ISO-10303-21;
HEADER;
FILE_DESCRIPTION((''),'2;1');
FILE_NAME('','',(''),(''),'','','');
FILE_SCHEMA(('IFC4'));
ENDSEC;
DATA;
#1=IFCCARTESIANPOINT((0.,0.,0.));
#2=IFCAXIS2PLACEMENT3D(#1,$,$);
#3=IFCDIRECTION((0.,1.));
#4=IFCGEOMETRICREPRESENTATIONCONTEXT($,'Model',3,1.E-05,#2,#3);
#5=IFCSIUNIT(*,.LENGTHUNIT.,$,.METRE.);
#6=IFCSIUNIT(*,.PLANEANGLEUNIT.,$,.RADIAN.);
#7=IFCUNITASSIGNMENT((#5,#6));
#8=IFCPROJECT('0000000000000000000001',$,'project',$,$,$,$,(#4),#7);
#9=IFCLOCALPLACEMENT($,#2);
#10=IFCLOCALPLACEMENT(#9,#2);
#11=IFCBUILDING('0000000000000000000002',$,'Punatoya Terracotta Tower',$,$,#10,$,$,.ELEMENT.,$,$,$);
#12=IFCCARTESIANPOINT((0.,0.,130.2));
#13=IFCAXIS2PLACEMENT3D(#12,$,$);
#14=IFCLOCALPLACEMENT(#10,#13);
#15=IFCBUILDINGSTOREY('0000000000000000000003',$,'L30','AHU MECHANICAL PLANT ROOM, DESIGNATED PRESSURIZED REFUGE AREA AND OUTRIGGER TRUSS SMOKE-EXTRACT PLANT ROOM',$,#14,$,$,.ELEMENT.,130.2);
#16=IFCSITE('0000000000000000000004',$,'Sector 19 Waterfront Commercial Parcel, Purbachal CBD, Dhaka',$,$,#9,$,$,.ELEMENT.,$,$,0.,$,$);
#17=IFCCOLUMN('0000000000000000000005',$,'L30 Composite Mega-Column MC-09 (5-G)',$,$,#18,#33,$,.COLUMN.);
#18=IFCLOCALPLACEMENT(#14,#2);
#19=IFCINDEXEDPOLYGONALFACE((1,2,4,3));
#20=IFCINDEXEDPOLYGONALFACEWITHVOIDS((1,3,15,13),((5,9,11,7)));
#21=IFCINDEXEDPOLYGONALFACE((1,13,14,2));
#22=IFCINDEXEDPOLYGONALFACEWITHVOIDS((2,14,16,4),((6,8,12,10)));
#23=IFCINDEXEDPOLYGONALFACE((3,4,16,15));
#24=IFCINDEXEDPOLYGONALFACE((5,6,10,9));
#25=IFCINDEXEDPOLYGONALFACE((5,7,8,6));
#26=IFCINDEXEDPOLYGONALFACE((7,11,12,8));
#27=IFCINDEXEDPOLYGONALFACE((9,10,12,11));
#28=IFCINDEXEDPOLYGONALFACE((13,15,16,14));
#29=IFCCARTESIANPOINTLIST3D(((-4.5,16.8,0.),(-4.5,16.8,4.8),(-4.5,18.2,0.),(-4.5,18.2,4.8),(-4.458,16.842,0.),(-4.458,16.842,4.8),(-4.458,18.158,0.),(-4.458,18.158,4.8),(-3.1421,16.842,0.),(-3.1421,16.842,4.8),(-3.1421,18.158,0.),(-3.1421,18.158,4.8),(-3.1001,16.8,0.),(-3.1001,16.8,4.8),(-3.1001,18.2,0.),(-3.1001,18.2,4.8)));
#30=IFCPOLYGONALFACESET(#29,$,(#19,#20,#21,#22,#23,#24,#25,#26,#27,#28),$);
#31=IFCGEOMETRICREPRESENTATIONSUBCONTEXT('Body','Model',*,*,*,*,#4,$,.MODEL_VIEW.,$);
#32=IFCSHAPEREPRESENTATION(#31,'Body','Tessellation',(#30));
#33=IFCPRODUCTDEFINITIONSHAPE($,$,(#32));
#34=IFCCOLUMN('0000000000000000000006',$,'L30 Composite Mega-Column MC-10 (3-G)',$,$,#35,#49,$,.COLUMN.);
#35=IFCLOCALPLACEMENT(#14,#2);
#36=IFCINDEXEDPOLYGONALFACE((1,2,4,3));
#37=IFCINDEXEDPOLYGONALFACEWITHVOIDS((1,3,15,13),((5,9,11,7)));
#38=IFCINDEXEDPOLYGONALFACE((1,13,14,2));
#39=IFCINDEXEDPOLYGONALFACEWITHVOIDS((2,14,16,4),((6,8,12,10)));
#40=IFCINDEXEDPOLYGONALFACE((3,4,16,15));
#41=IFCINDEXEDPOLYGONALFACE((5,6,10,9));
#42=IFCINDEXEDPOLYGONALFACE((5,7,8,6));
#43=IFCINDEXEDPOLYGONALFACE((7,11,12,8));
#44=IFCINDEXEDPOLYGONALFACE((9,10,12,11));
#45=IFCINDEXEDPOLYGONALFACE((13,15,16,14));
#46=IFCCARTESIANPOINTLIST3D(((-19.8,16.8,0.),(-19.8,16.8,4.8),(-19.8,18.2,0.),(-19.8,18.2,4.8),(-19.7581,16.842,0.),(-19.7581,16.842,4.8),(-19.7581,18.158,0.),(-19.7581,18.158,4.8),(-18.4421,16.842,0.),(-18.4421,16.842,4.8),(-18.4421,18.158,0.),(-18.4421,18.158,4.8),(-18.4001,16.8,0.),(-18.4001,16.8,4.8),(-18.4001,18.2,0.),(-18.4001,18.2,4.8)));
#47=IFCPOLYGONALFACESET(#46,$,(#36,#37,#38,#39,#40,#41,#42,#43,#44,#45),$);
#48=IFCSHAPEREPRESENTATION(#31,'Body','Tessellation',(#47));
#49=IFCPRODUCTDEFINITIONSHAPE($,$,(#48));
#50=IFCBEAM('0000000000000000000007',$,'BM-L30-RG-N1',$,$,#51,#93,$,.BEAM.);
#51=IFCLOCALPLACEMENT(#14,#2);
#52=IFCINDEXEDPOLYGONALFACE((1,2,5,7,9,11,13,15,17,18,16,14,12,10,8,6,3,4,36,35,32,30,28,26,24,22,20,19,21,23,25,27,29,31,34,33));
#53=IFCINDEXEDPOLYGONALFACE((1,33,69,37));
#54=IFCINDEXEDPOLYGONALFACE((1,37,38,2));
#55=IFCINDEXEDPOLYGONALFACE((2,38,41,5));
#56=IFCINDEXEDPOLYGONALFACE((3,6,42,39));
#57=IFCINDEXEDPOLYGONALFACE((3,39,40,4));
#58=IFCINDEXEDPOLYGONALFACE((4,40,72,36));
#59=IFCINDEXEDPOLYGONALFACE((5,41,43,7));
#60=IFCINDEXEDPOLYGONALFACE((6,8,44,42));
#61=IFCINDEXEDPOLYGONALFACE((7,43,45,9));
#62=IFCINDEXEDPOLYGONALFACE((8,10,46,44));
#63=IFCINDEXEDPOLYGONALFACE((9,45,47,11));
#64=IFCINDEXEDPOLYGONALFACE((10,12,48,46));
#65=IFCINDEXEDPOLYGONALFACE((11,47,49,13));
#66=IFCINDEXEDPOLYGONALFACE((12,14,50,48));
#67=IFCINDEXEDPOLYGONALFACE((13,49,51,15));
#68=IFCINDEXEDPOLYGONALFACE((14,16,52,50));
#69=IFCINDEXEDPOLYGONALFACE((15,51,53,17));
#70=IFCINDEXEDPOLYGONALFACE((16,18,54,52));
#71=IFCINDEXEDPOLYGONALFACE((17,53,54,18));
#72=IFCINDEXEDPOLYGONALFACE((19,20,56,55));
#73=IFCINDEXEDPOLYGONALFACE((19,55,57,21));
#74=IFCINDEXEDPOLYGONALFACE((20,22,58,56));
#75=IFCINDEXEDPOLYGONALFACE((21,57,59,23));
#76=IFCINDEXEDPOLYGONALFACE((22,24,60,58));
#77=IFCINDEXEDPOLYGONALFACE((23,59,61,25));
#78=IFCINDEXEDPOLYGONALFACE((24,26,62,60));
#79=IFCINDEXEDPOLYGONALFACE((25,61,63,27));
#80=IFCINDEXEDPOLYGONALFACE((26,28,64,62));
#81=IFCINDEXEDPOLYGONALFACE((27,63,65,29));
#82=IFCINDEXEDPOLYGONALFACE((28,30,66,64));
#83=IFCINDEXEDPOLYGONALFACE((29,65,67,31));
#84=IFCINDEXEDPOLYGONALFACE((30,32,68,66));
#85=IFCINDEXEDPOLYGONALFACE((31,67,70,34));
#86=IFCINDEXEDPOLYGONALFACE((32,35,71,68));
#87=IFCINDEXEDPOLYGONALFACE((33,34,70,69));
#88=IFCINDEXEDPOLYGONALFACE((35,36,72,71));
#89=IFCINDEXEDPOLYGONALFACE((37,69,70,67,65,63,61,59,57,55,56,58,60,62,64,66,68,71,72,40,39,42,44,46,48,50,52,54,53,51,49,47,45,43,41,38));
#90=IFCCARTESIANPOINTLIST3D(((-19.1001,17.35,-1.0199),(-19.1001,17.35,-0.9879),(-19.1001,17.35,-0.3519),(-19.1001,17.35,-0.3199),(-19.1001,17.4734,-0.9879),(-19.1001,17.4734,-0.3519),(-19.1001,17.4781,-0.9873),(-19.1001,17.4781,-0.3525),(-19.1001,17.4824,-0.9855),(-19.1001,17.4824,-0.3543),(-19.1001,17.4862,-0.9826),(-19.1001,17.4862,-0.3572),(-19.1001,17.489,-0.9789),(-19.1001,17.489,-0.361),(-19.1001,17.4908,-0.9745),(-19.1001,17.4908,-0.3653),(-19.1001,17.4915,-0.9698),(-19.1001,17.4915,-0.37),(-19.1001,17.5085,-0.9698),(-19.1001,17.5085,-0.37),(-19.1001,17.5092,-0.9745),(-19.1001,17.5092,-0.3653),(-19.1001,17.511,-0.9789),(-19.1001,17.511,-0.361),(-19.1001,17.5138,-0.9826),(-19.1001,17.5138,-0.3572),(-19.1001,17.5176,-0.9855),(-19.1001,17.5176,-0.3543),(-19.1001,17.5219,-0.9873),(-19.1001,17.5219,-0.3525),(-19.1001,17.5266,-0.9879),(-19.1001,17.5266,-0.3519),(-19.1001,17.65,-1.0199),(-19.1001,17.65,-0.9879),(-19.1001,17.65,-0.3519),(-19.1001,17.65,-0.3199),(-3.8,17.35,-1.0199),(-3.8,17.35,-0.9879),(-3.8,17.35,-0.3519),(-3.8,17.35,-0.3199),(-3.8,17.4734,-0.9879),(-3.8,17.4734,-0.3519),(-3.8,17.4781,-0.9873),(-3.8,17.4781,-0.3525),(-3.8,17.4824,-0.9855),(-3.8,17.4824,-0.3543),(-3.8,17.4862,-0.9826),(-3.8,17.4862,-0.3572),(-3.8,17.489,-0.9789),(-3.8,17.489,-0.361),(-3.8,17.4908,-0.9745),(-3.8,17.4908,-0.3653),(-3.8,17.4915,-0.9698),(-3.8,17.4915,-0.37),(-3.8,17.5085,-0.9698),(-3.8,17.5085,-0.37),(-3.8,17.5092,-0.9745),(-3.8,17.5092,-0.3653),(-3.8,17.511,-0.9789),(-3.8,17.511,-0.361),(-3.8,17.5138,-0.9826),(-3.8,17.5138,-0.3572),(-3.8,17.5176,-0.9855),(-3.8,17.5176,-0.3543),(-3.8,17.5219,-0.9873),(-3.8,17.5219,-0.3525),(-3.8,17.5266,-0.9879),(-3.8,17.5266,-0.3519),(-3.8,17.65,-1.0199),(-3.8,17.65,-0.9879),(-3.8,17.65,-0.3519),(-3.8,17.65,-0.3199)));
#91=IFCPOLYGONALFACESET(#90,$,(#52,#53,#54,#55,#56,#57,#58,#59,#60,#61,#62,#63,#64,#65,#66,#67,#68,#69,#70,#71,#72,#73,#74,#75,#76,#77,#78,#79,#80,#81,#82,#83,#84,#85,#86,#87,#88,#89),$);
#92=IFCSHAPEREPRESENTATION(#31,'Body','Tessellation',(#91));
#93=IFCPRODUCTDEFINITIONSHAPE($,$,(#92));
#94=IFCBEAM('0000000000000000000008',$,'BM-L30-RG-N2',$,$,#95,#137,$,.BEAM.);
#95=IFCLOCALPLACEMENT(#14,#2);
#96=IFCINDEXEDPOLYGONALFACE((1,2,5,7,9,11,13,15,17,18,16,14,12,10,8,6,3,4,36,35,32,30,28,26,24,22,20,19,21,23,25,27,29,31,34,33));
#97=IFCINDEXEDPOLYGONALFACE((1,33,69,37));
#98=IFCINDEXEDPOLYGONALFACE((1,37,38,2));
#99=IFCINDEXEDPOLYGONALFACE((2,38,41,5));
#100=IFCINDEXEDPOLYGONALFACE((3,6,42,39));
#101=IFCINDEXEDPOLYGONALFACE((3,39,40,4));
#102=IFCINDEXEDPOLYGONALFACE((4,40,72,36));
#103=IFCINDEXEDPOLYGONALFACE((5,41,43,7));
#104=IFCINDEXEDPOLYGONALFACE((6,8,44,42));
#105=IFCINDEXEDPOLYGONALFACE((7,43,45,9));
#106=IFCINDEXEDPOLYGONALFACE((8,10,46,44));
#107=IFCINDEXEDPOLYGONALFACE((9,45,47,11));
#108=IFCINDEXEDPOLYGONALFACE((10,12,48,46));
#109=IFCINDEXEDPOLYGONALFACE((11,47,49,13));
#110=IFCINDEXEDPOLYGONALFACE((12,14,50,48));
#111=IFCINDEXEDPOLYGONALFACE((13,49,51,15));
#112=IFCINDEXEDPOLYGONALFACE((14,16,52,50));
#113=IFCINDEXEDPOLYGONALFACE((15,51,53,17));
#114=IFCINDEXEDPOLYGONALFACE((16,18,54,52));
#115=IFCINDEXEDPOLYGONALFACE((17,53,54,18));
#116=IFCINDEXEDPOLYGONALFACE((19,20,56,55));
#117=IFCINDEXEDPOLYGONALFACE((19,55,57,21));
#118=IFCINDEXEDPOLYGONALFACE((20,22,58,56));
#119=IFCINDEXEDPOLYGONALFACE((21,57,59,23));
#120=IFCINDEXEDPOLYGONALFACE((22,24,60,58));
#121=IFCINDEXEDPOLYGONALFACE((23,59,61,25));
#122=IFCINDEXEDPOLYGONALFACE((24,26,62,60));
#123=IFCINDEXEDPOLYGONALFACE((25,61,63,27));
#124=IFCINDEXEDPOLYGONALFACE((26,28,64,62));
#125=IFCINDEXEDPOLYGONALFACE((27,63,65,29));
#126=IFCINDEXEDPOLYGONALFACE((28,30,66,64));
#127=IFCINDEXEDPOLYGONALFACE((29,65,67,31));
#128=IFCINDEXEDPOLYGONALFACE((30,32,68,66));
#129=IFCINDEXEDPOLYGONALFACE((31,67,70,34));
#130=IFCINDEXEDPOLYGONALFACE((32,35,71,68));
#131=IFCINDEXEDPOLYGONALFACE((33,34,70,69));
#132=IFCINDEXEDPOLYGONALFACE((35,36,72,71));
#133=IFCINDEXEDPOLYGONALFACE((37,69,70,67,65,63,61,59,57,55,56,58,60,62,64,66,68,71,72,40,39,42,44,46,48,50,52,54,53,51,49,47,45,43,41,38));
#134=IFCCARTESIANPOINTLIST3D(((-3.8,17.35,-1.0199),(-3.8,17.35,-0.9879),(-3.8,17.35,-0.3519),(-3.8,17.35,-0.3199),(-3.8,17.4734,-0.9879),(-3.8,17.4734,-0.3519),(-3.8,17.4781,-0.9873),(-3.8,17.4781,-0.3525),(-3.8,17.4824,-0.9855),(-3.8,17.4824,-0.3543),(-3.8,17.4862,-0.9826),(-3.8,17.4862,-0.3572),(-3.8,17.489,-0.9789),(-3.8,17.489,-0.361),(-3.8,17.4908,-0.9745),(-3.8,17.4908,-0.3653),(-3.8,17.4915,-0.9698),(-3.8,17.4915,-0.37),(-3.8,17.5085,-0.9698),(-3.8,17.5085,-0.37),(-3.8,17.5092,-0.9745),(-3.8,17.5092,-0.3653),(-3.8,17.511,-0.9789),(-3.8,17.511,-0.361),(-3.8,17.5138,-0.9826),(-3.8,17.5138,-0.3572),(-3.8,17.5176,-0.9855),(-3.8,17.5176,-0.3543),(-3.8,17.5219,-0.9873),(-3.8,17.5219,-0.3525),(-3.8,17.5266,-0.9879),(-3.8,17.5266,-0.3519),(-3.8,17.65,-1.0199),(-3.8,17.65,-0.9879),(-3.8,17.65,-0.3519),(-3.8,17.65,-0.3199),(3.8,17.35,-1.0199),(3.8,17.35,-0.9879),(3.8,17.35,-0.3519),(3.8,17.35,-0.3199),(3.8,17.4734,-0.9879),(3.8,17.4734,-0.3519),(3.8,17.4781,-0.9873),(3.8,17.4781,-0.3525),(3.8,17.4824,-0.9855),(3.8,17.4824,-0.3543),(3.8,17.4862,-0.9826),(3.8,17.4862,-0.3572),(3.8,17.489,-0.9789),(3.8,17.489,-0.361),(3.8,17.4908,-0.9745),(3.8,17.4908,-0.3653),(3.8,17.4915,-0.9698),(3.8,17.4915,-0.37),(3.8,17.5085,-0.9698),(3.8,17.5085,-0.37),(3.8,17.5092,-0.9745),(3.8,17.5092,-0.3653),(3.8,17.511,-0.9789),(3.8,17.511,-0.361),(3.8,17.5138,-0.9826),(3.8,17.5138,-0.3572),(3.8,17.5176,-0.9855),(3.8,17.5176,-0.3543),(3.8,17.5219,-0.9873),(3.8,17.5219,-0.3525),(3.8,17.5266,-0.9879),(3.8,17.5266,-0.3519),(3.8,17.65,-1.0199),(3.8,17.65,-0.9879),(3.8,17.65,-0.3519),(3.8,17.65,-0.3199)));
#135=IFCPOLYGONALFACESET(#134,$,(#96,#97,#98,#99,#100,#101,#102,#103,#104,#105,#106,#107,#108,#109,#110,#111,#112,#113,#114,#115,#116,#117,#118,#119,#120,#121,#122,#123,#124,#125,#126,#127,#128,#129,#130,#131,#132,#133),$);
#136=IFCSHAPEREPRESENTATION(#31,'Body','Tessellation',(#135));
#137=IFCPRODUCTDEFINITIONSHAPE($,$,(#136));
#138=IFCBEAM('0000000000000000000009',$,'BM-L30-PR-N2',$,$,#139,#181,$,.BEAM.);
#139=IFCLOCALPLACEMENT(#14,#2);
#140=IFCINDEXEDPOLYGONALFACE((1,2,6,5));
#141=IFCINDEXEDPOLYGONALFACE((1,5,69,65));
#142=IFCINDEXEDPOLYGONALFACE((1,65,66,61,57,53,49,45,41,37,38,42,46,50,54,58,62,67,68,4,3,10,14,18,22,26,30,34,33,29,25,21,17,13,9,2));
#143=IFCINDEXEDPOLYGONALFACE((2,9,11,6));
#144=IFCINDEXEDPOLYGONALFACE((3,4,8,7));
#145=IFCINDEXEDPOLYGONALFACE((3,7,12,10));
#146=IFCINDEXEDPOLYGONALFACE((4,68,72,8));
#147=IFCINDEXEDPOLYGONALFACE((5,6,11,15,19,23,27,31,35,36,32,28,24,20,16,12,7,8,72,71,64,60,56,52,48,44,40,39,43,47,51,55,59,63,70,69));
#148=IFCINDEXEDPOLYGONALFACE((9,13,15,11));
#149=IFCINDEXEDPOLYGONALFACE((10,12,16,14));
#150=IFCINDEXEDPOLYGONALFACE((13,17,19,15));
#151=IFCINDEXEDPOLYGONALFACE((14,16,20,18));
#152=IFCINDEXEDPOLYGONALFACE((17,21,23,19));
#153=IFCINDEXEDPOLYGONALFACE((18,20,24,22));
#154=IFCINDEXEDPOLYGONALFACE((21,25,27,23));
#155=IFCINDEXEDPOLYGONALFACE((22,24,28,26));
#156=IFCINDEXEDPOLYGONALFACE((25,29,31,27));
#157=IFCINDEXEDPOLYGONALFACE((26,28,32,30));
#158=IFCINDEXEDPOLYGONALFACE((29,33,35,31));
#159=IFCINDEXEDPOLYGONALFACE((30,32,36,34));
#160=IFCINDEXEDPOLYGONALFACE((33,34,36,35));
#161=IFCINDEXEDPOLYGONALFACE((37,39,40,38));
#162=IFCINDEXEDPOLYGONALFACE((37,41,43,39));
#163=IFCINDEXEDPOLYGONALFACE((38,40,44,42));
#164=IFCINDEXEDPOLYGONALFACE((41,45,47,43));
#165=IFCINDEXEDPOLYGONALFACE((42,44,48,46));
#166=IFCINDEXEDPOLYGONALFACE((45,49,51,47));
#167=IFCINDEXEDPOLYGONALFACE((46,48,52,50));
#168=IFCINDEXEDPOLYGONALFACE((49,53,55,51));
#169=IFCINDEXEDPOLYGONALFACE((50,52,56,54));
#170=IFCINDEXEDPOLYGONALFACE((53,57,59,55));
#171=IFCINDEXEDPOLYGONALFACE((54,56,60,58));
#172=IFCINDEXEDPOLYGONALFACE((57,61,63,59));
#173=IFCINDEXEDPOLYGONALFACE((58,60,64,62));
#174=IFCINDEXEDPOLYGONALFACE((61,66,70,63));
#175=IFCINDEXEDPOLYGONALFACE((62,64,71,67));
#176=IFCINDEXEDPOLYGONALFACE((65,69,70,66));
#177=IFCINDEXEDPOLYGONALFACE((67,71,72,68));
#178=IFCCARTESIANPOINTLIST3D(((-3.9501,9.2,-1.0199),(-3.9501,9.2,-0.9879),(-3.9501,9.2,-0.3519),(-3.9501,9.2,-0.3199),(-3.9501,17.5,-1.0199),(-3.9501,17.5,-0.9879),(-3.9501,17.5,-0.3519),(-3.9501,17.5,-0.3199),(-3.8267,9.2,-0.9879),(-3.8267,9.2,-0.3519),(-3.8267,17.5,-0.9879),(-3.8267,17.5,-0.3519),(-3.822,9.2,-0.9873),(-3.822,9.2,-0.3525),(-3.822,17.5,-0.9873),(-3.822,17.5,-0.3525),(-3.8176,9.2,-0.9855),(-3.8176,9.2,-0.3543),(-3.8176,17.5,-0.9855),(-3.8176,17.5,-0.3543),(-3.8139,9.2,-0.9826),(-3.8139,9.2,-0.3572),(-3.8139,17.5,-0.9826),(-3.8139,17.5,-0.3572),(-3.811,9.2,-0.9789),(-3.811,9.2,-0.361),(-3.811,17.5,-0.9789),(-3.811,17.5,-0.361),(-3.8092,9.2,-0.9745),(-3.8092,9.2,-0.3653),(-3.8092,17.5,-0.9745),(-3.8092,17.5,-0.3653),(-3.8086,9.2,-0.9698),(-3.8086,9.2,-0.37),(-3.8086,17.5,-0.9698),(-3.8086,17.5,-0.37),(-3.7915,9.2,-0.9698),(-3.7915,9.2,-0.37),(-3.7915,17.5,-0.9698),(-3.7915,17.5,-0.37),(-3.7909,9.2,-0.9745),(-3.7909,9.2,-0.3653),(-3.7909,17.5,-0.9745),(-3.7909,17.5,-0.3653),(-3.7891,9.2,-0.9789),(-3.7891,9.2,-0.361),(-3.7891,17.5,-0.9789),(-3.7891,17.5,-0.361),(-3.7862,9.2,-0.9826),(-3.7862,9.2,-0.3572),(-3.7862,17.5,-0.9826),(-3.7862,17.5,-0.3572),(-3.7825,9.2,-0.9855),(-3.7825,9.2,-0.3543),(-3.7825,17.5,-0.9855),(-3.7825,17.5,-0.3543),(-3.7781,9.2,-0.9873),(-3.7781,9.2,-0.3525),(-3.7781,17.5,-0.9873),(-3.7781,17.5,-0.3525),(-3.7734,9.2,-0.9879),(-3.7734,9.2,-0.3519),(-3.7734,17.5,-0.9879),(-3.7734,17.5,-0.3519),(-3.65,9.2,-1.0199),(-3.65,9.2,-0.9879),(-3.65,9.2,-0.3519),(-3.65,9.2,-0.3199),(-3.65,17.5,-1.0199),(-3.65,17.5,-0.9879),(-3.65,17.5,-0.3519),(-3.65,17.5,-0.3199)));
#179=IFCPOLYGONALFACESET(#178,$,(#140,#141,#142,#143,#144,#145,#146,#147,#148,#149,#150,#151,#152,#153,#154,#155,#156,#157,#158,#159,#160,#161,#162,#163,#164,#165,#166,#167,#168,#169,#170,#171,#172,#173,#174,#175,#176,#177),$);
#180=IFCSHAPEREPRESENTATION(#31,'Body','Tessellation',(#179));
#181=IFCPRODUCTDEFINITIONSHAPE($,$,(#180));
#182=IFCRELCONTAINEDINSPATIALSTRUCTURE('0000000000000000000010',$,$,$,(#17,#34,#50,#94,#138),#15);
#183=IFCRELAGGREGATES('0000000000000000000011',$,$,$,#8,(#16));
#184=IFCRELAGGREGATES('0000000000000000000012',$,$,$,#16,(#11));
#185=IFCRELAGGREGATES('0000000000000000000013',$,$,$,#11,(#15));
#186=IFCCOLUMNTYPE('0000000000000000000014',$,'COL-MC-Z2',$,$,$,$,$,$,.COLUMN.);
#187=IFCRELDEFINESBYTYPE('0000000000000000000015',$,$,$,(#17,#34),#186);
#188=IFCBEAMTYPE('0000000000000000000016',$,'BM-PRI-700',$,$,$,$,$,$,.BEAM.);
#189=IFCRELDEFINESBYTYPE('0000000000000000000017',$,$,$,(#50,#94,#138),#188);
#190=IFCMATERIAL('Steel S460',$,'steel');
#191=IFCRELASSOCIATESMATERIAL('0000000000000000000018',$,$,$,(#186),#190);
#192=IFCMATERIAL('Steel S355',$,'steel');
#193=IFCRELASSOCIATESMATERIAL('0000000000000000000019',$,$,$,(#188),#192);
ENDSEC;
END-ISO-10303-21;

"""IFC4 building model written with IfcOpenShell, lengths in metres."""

from ifc_helpers import new_model, si_unit, direction, frame, origin, origin_2d, place, context, subcontext, project, spatial, hollow_rectangle, i_section, extrude, material, material_profile, profile_set, type_object, element, save


model = new_model("IFC4")

# Units and contexts
model_context = context("Model", 3, precision=1e-05, world=origin(), true_north=direction((0.0, 1.0)))
body_context = subcontext(model_context, "Body", "Model", "MODEL_VIEW")
ifc_project = project(units=[si_unit("LENGTHUNIT", "METRE"), si_unit("PLANEANGLEUNIT", "RADIAN")], contexts=[model_context])

# Site, building, storey
site_placement = place(None, origin())
site = spatial("IfcSite", under=ifc_project, at=site_placement, Name="Sector 19 Waterfront Commercial Parcel, Purbachal CBD, Dhaka", CompositionType="ELEMENT", RefElevation=0.0)
building_placement = place(site_placement, origin())
building = spatial("IfcBuilding", under=site, at=building_placement, Name="Punatoya Terracotta Tower", CompositionType="ELEMENT")
storey_placement = place(building_placement, frame((0.0, 0.0, 130.2)))
storey = spatial("IfcBuildingStorey", under=building, at=storey_placement, Name="L30", Description="AHU MECHANICAL PLANT ROOM, DESIGNATED PRESSURIZED REFUGE AREA AND OUTRIGGER TRUSS SMOKE-EXTRACT PLANT ROOM", CompositionType="ELEMENT", Elevation=130.2)

# Columns
ifc_material_1 = material(Name="Steel S460", Category="steel")
ifc_material_profile_1 = material_profile(ifc_material_1, hollow_rectangle(XDim=1.3999, YDim=1.3999, WallThickness=0.042, at=origin_2d()))
ifc_profile_set_1 = profile_set([ifc_material_profile_1], Name="Steel S460")
column_type = type_object("IfcColumnType", Name="COL-MC-Z2", PredefinedType="COLUMN", material=ifc_profile_set_1)
for number, where, z_axis, x_axis, name in (
    (1, (-3.8, 17.5, 0.0), (0.0, 0.0, 1.0), (1.0, 0.0, 0.0), "L30 Composite Mega-Column MC-09 (5-G)"),
    (2, (-19.1001, 17.5, 0.0), (0.0, 0.0, 1.0), (1.0, 0.0, 0.0), "L30 Composite Mega-Column MC-10 (3-G)"),
):
    element("IfcColumn", number, at=place(storey_placement, frame(where, z_axis=z_axis, x_axis=x_axis)), inside=storey, type_object=column_type, Name=name, PredefinedType="COLUMN", context=body_context, shape_type="SweptSolid", body=[
        extrude(hollow_rectangle(XDim=1.3999, YDim=1.3999, WallThickness=0.042, at=origin_2d()), origin(), (0.0, 0.0, 1.0), 4.8),
    ])

# Beams
ifc_material_2 = material(Name="Steel S355", Category="steel")
ifc_material_profile_2 = material_profile(ifc_material_2, i_section(OverallWidth=0.3, OverallDepth=0.7, WebThickness=0.0171, FlangeThickness=0.032, FilletRadius=0.0181, at=origin_2d()))
ifc_profile_set_2 = profile_set([ifc_material_profile_2], Name="Steel S355")
beam_type_1 = type_object("IfcBeamType", Name="BM-PRI-700", PredefinedType="BEAM", material=ifc_profile_set_2)
beam_1_placement = place(storey_placement, frame((-19.1001, 17.5, -0.6699), z_axis=(1.0, 0.0, 0.0), x_axis=(0.0, 1.0, 0.0)))
element("IfcBeam", 3, at=beam_1_placement, inside=storey, type_object=beam_type_1, Name="BM-L30-RG-N1", PredefinedType="BEAM", context=body_context, shape_type="SweptSolid", body=[
    extrude(i_section(OverallWidth=0.3, OverallDepth=0.7, WebThickness=0.0171, FlangeThickness=0.032, FilletRadius=0.0181, at=origin_2d()), origin(), (0.0, 0.0, 1.0), 15.3),
])
beam_2_placement = place(storey_placement, frame((-3.8, 17.5, -0.6699), z_axis=(1.0, 0.0, 0.0), x_axis=(0.0, 1.0, 0.0)))
element("IfcBeam", 4, at=beam_2_placement, inside=storey, type_object=beam_type_1, Name="BM-L30-RG-N2", PredefinedType="BEAM", context=body_context, shape_type="SweptSolid", body=[
    extrude(i_section(OverallWidth=0.3, OverallDepth=0.7, WebThickness=0.0171, FlangeThickness=0.032, FilletRadius=0.0181, at=origin_2d()), origin(), (0.0, 0.0, 1.0), 7.6001),
])
beam_3_placement = place(storey_placement, frame((-3.8, 9.2, -0.6699), z_axis=(0.0, 1.0, 0.0), x_axis=(-1.0, 0.0, 0.0)))
element("IfcBeam", 5, at=beam_3_placement, inside=storey, type_object=beam_type_1, Name="BM-L30-PR-N2", PredefinedType="BEAM", context=body_context, shape_type="SweptSolid", body=[
    extrude(i_section(OverallWidth=0.3, OverallDepth=0.7, WebThickness=0.0171, FlangeThickness=0.032, FilletRadius=0.0181, at=origin_2d()), origin(), (0.0, 0.0, 1.0), 8.3),
])

save(model, "model.ifc")
